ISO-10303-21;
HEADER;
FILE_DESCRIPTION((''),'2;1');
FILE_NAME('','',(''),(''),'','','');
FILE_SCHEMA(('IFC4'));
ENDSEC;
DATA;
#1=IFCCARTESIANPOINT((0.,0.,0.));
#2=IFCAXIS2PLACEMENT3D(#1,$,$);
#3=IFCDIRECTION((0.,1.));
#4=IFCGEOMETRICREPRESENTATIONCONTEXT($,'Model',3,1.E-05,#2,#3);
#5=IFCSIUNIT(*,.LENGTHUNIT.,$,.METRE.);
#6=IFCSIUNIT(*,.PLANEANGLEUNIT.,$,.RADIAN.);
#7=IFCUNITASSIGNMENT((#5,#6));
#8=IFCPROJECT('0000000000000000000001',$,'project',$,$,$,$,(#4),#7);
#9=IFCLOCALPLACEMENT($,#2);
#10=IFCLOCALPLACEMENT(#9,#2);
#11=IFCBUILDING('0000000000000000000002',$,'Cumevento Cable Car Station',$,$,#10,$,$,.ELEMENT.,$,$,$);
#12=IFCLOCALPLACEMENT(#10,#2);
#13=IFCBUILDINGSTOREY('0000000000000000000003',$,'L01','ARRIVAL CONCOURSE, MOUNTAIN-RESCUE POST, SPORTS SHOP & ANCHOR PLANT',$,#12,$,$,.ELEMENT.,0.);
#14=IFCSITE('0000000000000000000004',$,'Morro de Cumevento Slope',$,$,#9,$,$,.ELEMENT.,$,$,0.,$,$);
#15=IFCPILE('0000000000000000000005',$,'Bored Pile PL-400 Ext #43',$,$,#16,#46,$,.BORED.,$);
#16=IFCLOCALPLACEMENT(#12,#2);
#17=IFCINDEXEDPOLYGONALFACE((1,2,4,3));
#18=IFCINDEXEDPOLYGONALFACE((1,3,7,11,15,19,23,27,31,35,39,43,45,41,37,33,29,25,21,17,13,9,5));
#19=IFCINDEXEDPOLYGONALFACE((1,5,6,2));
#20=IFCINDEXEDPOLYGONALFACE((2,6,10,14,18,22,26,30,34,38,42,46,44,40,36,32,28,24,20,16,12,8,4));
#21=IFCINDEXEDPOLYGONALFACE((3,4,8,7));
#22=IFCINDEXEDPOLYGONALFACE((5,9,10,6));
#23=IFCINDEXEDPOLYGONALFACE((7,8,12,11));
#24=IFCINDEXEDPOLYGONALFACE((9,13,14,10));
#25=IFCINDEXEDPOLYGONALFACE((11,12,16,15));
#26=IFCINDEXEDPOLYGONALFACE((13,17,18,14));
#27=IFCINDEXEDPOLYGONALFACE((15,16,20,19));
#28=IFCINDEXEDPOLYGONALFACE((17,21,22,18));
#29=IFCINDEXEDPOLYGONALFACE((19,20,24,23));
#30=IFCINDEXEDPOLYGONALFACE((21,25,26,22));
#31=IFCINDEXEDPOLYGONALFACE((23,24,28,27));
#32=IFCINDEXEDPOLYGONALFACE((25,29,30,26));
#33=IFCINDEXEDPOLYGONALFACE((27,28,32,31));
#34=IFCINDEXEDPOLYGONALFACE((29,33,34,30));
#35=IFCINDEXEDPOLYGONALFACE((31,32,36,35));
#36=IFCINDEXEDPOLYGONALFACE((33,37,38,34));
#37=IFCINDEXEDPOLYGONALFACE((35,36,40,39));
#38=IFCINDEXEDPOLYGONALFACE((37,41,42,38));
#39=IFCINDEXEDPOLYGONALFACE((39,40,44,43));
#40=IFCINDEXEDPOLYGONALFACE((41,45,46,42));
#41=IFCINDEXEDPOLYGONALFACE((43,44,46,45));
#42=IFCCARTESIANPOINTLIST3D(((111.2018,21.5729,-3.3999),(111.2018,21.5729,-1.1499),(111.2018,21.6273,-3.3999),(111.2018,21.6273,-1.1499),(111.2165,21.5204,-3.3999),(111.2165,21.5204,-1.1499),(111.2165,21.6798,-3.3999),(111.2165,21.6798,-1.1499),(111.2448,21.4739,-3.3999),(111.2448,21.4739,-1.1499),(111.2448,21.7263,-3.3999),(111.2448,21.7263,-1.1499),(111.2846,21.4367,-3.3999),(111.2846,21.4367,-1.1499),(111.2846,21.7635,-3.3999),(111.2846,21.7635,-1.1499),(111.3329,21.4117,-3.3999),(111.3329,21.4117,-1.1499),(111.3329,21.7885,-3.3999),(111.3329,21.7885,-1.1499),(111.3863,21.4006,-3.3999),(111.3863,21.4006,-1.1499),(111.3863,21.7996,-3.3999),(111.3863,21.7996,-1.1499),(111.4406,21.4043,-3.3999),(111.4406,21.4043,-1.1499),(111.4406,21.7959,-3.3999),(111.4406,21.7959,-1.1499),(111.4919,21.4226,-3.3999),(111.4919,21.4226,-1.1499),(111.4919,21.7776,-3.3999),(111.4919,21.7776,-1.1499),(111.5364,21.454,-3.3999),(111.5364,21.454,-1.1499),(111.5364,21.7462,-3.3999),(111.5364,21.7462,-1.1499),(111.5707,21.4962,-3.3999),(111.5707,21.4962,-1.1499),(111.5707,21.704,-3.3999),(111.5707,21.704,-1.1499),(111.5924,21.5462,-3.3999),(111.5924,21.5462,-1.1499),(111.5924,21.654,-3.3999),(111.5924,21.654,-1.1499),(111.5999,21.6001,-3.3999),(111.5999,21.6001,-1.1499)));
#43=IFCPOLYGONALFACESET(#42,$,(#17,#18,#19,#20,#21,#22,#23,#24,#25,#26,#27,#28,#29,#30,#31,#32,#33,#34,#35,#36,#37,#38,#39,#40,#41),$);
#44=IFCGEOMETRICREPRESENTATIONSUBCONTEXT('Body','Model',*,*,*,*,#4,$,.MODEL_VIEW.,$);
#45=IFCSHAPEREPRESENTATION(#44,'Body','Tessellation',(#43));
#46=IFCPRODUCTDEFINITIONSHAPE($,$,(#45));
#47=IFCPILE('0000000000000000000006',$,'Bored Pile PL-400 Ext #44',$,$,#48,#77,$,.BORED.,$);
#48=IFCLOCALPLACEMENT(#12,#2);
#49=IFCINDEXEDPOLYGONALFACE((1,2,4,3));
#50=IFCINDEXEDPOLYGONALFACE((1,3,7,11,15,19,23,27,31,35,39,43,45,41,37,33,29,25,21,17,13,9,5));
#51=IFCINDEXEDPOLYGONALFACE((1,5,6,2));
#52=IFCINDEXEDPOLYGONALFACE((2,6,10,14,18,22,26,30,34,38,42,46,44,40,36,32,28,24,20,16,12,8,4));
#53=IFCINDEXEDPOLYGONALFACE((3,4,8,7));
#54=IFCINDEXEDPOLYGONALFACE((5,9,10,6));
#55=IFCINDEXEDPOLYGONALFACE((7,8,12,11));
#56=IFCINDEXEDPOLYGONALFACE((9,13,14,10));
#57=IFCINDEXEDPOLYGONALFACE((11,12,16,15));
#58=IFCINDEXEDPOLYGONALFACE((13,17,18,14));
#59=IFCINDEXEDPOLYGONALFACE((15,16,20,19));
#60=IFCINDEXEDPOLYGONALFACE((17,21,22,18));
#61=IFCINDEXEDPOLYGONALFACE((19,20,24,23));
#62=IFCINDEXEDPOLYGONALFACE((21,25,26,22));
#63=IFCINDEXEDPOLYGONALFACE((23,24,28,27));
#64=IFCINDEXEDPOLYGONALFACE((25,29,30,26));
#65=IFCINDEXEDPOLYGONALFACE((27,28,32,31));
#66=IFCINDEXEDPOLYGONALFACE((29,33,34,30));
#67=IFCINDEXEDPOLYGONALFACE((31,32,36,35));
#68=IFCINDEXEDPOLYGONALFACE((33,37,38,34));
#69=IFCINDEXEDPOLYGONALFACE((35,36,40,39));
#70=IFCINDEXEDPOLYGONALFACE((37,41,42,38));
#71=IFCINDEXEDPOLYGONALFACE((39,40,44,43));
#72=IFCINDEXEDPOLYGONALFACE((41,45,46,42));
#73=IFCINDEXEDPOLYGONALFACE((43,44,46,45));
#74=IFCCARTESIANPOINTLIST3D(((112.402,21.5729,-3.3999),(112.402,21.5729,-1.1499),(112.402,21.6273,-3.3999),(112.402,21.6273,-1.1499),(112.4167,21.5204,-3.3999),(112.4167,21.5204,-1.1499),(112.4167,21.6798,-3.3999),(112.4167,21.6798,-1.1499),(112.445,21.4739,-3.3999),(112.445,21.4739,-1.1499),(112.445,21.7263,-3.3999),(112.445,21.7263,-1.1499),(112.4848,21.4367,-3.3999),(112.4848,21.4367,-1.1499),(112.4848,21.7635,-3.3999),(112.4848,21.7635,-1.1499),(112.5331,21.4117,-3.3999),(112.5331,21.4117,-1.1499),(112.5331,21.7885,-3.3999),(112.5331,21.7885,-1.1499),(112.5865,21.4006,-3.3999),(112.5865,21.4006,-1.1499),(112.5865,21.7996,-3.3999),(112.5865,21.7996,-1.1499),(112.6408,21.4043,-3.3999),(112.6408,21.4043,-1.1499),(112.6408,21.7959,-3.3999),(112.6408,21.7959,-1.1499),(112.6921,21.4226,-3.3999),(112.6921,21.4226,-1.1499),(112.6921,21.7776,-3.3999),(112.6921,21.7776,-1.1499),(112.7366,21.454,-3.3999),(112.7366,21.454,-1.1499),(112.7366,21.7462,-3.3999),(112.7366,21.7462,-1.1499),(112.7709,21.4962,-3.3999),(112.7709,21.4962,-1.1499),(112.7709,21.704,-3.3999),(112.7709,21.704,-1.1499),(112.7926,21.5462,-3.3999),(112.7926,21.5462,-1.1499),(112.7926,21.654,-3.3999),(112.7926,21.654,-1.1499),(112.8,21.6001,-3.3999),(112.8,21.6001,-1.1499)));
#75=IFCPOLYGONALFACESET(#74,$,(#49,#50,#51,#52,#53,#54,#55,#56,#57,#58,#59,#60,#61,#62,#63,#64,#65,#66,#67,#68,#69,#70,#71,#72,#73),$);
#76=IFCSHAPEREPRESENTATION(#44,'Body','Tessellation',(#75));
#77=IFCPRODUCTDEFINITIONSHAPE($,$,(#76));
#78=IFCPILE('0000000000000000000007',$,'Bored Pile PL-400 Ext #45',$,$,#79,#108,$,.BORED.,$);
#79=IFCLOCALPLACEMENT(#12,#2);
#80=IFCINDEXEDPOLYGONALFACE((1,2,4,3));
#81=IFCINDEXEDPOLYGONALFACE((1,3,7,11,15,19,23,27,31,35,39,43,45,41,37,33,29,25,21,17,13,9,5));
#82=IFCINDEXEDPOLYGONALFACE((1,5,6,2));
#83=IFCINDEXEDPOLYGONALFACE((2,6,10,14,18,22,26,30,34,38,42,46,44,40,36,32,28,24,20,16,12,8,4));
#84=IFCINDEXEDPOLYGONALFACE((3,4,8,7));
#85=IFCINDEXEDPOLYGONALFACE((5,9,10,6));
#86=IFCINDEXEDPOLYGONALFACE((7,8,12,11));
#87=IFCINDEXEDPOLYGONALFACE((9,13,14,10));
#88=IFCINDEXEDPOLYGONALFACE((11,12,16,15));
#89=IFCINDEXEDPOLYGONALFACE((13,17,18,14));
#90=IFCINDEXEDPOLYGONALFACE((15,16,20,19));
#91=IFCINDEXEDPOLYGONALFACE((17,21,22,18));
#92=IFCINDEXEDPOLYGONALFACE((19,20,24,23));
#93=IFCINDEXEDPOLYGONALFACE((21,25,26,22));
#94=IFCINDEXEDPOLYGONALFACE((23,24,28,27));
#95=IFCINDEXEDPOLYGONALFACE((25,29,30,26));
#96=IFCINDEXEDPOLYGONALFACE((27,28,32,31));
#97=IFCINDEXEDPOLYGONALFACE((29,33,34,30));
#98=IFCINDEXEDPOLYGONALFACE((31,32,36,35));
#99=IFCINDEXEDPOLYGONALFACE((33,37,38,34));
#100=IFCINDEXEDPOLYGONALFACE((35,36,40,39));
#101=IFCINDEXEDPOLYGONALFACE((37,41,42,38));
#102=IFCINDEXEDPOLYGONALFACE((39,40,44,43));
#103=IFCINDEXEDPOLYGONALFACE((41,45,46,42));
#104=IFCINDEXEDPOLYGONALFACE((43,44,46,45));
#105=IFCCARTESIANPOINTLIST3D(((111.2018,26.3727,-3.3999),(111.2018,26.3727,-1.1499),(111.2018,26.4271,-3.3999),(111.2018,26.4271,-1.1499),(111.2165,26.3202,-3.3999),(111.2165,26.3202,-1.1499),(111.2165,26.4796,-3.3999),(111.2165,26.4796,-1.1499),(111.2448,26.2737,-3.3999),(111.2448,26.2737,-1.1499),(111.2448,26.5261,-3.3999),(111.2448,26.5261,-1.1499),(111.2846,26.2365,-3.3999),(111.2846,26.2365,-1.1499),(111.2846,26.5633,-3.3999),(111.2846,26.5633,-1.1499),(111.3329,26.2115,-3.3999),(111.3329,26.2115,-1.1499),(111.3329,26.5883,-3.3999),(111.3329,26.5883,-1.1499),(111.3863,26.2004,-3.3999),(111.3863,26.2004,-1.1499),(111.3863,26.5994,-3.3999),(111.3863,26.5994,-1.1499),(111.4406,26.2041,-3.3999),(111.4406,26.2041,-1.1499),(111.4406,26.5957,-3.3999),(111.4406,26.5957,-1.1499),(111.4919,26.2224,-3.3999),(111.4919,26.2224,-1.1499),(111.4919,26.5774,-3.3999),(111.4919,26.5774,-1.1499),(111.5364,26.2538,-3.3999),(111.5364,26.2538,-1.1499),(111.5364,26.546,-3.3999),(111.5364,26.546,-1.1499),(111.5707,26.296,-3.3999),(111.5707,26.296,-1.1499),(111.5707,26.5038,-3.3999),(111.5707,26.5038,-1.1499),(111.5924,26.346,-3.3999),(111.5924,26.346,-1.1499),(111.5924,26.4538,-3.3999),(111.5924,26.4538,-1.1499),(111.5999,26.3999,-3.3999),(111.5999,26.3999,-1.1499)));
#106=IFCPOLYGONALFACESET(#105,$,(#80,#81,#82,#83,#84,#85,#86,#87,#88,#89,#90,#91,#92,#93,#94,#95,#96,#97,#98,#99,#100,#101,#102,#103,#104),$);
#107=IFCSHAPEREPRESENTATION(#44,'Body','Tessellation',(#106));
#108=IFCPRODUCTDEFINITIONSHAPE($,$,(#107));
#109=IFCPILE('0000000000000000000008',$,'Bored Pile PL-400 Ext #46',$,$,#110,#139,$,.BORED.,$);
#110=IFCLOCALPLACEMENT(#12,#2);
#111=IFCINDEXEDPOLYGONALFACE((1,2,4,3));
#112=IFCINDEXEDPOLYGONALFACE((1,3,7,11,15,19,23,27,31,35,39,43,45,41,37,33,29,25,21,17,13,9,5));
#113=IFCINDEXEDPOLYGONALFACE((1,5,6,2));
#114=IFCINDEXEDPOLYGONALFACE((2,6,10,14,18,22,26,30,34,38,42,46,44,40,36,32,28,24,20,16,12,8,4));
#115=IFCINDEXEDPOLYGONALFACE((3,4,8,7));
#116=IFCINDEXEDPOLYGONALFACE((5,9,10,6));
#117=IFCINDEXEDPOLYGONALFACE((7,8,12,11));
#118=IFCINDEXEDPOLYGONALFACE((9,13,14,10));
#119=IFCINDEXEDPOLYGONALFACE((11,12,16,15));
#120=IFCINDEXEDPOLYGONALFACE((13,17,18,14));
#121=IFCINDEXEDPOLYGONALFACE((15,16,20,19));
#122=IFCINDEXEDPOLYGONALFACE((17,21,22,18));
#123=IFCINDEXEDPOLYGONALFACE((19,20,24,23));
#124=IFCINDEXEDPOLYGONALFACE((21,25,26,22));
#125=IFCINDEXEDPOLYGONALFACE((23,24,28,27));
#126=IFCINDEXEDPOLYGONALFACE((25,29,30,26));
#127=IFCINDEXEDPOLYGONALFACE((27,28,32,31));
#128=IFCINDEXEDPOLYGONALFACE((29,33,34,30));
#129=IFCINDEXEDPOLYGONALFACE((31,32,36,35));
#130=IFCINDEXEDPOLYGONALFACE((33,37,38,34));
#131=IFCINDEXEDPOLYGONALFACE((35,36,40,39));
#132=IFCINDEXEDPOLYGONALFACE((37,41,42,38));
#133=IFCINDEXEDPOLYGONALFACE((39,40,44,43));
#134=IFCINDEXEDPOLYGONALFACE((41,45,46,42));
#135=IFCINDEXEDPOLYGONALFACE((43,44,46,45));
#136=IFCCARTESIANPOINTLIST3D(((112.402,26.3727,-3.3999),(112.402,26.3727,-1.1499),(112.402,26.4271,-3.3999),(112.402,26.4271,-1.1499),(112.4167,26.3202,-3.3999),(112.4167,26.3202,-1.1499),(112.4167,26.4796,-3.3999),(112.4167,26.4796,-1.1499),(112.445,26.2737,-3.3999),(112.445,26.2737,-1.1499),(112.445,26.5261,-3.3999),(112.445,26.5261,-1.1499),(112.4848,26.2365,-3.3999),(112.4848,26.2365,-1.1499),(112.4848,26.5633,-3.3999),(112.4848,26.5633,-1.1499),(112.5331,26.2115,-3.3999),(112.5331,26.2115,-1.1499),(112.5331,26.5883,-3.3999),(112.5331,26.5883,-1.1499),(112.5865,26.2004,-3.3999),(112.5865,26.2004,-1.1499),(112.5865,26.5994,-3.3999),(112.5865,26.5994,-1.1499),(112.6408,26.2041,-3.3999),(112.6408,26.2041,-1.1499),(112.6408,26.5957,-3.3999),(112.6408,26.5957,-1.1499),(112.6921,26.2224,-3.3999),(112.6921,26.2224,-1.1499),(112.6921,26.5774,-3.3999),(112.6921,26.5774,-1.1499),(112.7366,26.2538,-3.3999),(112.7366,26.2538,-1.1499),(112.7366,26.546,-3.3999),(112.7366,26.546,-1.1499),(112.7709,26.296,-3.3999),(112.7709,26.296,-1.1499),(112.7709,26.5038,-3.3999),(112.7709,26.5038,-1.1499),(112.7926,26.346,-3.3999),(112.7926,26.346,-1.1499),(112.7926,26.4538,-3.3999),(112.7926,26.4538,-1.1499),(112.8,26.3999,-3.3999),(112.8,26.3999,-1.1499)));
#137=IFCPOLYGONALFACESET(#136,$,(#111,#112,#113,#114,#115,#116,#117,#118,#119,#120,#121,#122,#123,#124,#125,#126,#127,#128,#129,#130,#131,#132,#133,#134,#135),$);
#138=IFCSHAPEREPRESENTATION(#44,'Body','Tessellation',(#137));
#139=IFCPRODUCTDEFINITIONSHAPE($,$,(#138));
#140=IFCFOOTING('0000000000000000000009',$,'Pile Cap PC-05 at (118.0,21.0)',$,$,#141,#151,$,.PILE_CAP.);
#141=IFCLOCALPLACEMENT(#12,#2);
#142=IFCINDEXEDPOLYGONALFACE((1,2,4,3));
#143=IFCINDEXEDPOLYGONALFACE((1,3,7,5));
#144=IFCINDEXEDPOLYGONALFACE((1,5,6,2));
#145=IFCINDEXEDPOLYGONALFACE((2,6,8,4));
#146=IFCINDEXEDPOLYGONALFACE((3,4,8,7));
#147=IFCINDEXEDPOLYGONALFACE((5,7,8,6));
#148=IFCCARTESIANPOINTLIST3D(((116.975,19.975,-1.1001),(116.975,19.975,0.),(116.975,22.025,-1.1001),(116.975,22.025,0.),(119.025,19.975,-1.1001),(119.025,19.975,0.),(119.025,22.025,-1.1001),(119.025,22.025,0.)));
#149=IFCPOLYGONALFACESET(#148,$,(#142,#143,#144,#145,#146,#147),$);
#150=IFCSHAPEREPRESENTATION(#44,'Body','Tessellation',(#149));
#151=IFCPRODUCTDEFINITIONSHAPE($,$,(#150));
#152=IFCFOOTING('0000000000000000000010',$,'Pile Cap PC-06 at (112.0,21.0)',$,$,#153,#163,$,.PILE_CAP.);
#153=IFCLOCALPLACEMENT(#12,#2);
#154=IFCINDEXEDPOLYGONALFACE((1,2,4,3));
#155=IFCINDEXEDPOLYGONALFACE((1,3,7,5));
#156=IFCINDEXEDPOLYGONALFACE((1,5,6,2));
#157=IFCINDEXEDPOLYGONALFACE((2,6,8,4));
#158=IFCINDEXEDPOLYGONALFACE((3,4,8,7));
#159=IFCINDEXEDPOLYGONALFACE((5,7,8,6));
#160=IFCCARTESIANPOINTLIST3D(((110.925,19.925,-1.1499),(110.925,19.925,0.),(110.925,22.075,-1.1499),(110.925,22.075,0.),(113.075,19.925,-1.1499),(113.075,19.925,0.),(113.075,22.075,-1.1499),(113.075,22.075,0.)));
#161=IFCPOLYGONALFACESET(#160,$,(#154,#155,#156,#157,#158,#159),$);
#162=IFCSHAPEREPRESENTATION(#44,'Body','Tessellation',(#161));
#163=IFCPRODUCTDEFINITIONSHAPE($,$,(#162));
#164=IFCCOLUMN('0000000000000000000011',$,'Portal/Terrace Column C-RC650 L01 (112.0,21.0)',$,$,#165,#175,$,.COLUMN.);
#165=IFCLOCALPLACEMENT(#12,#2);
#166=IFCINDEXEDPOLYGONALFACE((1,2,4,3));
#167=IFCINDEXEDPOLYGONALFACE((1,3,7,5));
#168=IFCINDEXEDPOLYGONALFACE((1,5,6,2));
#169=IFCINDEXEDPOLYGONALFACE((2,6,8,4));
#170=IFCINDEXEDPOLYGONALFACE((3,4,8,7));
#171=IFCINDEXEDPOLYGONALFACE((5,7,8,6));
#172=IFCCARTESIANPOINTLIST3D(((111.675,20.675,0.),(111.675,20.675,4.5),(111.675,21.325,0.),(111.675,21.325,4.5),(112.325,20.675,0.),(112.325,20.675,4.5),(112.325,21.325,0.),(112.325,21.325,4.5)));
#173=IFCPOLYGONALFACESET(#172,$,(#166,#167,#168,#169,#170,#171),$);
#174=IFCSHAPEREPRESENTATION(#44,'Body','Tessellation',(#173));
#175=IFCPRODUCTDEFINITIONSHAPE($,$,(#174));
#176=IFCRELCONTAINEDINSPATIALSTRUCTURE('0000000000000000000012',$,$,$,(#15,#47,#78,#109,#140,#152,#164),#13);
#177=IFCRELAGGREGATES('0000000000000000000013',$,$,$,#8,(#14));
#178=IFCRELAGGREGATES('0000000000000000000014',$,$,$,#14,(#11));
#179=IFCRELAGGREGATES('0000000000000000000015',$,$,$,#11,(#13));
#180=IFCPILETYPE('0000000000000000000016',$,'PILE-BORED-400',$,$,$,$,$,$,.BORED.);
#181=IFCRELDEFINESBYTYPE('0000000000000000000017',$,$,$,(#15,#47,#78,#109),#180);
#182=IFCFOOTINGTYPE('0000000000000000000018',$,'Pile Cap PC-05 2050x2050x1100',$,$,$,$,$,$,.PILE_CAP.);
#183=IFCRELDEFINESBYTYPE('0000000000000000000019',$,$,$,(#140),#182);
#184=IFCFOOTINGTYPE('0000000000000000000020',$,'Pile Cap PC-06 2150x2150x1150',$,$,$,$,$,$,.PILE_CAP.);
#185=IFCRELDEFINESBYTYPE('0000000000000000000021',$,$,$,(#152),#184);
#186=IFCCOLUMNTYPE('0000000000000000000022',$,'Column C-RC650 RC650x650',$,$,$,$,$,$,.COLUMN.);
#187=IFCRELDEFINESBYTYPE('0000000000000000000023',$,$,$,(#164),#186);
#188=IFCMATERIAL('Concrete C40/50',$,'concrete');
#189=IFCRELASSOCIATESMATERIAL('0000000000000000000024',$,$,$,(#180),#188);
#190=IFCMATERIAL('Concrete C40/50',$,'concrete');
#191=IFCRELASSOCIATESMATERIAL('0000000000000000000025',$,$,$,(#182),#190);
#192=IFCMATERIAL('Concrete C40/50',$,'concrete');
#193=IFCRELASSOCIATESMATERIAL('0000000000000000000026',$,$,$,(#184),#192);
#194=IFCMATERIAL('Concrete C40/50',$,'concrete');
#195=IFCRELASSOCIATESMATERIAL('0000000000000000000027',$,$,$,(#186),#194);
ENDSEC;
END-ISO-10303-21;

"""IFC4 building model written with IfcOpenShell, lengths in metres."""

from ifc_helpers import new_model, si_unit, direction, frame, origin, origin_2d, place, context, subcontext, project, spatial, rectangle, circle, extrude, material, material_profile, profile_set, type_object, element, save


model = new_model("IFC4")

# Units and contexts
model_context = context("Model", 3, precision=1e-05, world=origin(), true_north=direction((0.0, 1.0)))
body_context = subcontext(model_context, "Body", "Model", "MODEL_VIEW")
ifc_project = project(units=[si_unit("LENGTHUNIT", "METRE"), si_unit("PLANEANGLEUNIT", "RADIAN")], contexts=[model_context])

# Site, building, storey
site_placement = place(None, origin())
site = spatial("IfcSite", under=ifc_project, at=site_placement, Name="Morro de Cumevento Slope", CompositionType="ELEMENT", RefElevation=0.0)
building_placement = place(site_placement, origin())
building = spatial("IfcBuilding", under=site, at=building_placement, Name="Cumevento Cable Car Station", CompositionType="ELEMENT")
storey_placement = place(building_placement, origin())
storey = spatial("IfcBuildingStorey", under=building, at=storey_placement, Name="L01", Description="ARRIVAL CONCOURSE, MOUNTAIN-RESCUE POST, SPORTS SHOP & ANCHOR PLANT", CompositionType="ELEMENT", Elevation=0.0)

# Piles
ifc_material_1 = material(Name="Concrete C40/50", Category="concrete")
ifc_material_profile_1 = material_profile(ifc_material_1, circle(Radius=0.2, at=origin_2d()), Name="PILE-D400")
ifc_profile_set_1 = profile_set([ifc_material_profile_1], Name="Concrete C40/50")
pile_type = type_object("IfcPileType", Name="PILE-BORED-400", PredefinedType="BORED", material=ifc_profile_set_1)
for number, where, z_axis, x_axis, name in (
    (1, (111.3999, 21.6001, -1.1499), (0.0, 0.0, -1.0), (1.0, 0.0, 0.0), "Bored Pile PL-400 Ext #43"),
    (2, (112.6001, 21.6001, -1.1499), (0.0, 0.0, -1.0), (1.0, 0.0, 0.0), "Bored Pile PL-400 Ext #44"),
    (3, (111.3999, 26.3999, -1.1499), (0.0, 0.0, -1.0), (1.0, 0.0, 0.0), "Bored Pile PL-400 Ext #45"),
    (4, (112.6001, 26.3999, -1.1499), (0.0, 0.0, -1.0), (1.0, 0.0, 0.0), "Bored Pile PL-400 Ext #46"),
):
    element("IfcPile", number, at=place(storey_placement, frame(where, z_axis=z_axis, x_axis=x_axis)), inside=storey, type_object=pile_type, Name=name, PredefinedType="BORED", context=body_context, shape_type="SweptSolid", body=[
        extrude(circle(Radius=0.2, at=origin_2d()), origin(), (0.0, 0.0, 1.0), 2.25),
    ])

# Footings
ifc_material_2 = material(Name="Concrete C40/50", Category="concrete")
footing_type_1 = type_object("IfcFootingType", Name="Pile Cap PC-05 2050x2050x1100", PredefinedType="PILE_CAP", material=ifc_material_2)
footing_1_placement = place(storey_placement, frame((118.0, 21.0, -1.1001), z_axis=(0.0, 0.0, 1.0), x_axis=(1.0, 0.0, 0.0)))
element("IfcFooting", 5, at=footing_1_placement, inside=storey, type_object=footing_type_1, Name="Pile Cap PC-05 at (118.0,21.0)", PredefinedType="PILE_CAP", context=body_context, shape_type="SweptSolid", body=[
    extrude(rectangle(XDim=2.05, YDim=2.05, at=origin_2d()), origin(), (0.0, 0.0, 1.0), 1.1001),
])
ifc_material_3 = material(Name="Concrete C40/50", Category="concrete")
footing_type_2 = type_object("IfcFootingType", Name="Pile Cap PC-06 2150x2150x1150", PredefinedType="PILE_CAP", material=ifc_material_3)
footing_2_placement = place(storey_placement, frame((112.0, 21.0, -1.1499), z_axis=(0.0, 0.0, 1.0), x_axis=(1.0, 0.0, 0.0)))
element("IfcFooting", 6, at=footing_2_placement, inside=storey, type_object=footing_type_2, Name="Pile Cap PC-06 at (112.0,21.0)", PredefinedType="PILE_CAP", context=body_context, shape_type="SweptSolid", body=[
    extrude(rectangle(XDim=2.1499, YDim=2.1499, at=origin_2d()), origin(), (0.0, 0.0, 1.0), 1.1499),
])

# Column
ifc_material_4 = material(Name="Concrete C40/50", Category="concrete")
ifc_material_profile_2 = material_profile(ifc_material_4, rectangle(XDim=0.6499, YDim=0.6499, at=origin_2d()), Name="RC650x650")
ifc_profile_set_2 = profile_set([ifc_material_profile_2], Name="Concrete C40/50")
column_type = type_object("IfcColumnType", Name="Column C-RC650 RC650x650", PredefinedType="COLUMN", material=ifc_profile_set_2)
column_placement = place(storey_placement, frame((112.0, 21.0, 0.0), z_axis=(0.0, 0.0, 1.0), x_axis=(1.0, 0.0, 0.0)))
element("IfcColumn", 7, at=column_placement, inside=storey, type_object=column_type, Name="Portal/Terrace Column C-RC650 L01 (112.0,21.0)", PredefinedType="COLUMN", context=body_context, shape_type="SweptSolid", body=[
    extrude(rectangle(XDim=0.6499, YDim=0.6499, at=origin_2d()), origin(), (0.0, 0.0, 1.0), 4.5),
])

save(model, "model.ifc")
